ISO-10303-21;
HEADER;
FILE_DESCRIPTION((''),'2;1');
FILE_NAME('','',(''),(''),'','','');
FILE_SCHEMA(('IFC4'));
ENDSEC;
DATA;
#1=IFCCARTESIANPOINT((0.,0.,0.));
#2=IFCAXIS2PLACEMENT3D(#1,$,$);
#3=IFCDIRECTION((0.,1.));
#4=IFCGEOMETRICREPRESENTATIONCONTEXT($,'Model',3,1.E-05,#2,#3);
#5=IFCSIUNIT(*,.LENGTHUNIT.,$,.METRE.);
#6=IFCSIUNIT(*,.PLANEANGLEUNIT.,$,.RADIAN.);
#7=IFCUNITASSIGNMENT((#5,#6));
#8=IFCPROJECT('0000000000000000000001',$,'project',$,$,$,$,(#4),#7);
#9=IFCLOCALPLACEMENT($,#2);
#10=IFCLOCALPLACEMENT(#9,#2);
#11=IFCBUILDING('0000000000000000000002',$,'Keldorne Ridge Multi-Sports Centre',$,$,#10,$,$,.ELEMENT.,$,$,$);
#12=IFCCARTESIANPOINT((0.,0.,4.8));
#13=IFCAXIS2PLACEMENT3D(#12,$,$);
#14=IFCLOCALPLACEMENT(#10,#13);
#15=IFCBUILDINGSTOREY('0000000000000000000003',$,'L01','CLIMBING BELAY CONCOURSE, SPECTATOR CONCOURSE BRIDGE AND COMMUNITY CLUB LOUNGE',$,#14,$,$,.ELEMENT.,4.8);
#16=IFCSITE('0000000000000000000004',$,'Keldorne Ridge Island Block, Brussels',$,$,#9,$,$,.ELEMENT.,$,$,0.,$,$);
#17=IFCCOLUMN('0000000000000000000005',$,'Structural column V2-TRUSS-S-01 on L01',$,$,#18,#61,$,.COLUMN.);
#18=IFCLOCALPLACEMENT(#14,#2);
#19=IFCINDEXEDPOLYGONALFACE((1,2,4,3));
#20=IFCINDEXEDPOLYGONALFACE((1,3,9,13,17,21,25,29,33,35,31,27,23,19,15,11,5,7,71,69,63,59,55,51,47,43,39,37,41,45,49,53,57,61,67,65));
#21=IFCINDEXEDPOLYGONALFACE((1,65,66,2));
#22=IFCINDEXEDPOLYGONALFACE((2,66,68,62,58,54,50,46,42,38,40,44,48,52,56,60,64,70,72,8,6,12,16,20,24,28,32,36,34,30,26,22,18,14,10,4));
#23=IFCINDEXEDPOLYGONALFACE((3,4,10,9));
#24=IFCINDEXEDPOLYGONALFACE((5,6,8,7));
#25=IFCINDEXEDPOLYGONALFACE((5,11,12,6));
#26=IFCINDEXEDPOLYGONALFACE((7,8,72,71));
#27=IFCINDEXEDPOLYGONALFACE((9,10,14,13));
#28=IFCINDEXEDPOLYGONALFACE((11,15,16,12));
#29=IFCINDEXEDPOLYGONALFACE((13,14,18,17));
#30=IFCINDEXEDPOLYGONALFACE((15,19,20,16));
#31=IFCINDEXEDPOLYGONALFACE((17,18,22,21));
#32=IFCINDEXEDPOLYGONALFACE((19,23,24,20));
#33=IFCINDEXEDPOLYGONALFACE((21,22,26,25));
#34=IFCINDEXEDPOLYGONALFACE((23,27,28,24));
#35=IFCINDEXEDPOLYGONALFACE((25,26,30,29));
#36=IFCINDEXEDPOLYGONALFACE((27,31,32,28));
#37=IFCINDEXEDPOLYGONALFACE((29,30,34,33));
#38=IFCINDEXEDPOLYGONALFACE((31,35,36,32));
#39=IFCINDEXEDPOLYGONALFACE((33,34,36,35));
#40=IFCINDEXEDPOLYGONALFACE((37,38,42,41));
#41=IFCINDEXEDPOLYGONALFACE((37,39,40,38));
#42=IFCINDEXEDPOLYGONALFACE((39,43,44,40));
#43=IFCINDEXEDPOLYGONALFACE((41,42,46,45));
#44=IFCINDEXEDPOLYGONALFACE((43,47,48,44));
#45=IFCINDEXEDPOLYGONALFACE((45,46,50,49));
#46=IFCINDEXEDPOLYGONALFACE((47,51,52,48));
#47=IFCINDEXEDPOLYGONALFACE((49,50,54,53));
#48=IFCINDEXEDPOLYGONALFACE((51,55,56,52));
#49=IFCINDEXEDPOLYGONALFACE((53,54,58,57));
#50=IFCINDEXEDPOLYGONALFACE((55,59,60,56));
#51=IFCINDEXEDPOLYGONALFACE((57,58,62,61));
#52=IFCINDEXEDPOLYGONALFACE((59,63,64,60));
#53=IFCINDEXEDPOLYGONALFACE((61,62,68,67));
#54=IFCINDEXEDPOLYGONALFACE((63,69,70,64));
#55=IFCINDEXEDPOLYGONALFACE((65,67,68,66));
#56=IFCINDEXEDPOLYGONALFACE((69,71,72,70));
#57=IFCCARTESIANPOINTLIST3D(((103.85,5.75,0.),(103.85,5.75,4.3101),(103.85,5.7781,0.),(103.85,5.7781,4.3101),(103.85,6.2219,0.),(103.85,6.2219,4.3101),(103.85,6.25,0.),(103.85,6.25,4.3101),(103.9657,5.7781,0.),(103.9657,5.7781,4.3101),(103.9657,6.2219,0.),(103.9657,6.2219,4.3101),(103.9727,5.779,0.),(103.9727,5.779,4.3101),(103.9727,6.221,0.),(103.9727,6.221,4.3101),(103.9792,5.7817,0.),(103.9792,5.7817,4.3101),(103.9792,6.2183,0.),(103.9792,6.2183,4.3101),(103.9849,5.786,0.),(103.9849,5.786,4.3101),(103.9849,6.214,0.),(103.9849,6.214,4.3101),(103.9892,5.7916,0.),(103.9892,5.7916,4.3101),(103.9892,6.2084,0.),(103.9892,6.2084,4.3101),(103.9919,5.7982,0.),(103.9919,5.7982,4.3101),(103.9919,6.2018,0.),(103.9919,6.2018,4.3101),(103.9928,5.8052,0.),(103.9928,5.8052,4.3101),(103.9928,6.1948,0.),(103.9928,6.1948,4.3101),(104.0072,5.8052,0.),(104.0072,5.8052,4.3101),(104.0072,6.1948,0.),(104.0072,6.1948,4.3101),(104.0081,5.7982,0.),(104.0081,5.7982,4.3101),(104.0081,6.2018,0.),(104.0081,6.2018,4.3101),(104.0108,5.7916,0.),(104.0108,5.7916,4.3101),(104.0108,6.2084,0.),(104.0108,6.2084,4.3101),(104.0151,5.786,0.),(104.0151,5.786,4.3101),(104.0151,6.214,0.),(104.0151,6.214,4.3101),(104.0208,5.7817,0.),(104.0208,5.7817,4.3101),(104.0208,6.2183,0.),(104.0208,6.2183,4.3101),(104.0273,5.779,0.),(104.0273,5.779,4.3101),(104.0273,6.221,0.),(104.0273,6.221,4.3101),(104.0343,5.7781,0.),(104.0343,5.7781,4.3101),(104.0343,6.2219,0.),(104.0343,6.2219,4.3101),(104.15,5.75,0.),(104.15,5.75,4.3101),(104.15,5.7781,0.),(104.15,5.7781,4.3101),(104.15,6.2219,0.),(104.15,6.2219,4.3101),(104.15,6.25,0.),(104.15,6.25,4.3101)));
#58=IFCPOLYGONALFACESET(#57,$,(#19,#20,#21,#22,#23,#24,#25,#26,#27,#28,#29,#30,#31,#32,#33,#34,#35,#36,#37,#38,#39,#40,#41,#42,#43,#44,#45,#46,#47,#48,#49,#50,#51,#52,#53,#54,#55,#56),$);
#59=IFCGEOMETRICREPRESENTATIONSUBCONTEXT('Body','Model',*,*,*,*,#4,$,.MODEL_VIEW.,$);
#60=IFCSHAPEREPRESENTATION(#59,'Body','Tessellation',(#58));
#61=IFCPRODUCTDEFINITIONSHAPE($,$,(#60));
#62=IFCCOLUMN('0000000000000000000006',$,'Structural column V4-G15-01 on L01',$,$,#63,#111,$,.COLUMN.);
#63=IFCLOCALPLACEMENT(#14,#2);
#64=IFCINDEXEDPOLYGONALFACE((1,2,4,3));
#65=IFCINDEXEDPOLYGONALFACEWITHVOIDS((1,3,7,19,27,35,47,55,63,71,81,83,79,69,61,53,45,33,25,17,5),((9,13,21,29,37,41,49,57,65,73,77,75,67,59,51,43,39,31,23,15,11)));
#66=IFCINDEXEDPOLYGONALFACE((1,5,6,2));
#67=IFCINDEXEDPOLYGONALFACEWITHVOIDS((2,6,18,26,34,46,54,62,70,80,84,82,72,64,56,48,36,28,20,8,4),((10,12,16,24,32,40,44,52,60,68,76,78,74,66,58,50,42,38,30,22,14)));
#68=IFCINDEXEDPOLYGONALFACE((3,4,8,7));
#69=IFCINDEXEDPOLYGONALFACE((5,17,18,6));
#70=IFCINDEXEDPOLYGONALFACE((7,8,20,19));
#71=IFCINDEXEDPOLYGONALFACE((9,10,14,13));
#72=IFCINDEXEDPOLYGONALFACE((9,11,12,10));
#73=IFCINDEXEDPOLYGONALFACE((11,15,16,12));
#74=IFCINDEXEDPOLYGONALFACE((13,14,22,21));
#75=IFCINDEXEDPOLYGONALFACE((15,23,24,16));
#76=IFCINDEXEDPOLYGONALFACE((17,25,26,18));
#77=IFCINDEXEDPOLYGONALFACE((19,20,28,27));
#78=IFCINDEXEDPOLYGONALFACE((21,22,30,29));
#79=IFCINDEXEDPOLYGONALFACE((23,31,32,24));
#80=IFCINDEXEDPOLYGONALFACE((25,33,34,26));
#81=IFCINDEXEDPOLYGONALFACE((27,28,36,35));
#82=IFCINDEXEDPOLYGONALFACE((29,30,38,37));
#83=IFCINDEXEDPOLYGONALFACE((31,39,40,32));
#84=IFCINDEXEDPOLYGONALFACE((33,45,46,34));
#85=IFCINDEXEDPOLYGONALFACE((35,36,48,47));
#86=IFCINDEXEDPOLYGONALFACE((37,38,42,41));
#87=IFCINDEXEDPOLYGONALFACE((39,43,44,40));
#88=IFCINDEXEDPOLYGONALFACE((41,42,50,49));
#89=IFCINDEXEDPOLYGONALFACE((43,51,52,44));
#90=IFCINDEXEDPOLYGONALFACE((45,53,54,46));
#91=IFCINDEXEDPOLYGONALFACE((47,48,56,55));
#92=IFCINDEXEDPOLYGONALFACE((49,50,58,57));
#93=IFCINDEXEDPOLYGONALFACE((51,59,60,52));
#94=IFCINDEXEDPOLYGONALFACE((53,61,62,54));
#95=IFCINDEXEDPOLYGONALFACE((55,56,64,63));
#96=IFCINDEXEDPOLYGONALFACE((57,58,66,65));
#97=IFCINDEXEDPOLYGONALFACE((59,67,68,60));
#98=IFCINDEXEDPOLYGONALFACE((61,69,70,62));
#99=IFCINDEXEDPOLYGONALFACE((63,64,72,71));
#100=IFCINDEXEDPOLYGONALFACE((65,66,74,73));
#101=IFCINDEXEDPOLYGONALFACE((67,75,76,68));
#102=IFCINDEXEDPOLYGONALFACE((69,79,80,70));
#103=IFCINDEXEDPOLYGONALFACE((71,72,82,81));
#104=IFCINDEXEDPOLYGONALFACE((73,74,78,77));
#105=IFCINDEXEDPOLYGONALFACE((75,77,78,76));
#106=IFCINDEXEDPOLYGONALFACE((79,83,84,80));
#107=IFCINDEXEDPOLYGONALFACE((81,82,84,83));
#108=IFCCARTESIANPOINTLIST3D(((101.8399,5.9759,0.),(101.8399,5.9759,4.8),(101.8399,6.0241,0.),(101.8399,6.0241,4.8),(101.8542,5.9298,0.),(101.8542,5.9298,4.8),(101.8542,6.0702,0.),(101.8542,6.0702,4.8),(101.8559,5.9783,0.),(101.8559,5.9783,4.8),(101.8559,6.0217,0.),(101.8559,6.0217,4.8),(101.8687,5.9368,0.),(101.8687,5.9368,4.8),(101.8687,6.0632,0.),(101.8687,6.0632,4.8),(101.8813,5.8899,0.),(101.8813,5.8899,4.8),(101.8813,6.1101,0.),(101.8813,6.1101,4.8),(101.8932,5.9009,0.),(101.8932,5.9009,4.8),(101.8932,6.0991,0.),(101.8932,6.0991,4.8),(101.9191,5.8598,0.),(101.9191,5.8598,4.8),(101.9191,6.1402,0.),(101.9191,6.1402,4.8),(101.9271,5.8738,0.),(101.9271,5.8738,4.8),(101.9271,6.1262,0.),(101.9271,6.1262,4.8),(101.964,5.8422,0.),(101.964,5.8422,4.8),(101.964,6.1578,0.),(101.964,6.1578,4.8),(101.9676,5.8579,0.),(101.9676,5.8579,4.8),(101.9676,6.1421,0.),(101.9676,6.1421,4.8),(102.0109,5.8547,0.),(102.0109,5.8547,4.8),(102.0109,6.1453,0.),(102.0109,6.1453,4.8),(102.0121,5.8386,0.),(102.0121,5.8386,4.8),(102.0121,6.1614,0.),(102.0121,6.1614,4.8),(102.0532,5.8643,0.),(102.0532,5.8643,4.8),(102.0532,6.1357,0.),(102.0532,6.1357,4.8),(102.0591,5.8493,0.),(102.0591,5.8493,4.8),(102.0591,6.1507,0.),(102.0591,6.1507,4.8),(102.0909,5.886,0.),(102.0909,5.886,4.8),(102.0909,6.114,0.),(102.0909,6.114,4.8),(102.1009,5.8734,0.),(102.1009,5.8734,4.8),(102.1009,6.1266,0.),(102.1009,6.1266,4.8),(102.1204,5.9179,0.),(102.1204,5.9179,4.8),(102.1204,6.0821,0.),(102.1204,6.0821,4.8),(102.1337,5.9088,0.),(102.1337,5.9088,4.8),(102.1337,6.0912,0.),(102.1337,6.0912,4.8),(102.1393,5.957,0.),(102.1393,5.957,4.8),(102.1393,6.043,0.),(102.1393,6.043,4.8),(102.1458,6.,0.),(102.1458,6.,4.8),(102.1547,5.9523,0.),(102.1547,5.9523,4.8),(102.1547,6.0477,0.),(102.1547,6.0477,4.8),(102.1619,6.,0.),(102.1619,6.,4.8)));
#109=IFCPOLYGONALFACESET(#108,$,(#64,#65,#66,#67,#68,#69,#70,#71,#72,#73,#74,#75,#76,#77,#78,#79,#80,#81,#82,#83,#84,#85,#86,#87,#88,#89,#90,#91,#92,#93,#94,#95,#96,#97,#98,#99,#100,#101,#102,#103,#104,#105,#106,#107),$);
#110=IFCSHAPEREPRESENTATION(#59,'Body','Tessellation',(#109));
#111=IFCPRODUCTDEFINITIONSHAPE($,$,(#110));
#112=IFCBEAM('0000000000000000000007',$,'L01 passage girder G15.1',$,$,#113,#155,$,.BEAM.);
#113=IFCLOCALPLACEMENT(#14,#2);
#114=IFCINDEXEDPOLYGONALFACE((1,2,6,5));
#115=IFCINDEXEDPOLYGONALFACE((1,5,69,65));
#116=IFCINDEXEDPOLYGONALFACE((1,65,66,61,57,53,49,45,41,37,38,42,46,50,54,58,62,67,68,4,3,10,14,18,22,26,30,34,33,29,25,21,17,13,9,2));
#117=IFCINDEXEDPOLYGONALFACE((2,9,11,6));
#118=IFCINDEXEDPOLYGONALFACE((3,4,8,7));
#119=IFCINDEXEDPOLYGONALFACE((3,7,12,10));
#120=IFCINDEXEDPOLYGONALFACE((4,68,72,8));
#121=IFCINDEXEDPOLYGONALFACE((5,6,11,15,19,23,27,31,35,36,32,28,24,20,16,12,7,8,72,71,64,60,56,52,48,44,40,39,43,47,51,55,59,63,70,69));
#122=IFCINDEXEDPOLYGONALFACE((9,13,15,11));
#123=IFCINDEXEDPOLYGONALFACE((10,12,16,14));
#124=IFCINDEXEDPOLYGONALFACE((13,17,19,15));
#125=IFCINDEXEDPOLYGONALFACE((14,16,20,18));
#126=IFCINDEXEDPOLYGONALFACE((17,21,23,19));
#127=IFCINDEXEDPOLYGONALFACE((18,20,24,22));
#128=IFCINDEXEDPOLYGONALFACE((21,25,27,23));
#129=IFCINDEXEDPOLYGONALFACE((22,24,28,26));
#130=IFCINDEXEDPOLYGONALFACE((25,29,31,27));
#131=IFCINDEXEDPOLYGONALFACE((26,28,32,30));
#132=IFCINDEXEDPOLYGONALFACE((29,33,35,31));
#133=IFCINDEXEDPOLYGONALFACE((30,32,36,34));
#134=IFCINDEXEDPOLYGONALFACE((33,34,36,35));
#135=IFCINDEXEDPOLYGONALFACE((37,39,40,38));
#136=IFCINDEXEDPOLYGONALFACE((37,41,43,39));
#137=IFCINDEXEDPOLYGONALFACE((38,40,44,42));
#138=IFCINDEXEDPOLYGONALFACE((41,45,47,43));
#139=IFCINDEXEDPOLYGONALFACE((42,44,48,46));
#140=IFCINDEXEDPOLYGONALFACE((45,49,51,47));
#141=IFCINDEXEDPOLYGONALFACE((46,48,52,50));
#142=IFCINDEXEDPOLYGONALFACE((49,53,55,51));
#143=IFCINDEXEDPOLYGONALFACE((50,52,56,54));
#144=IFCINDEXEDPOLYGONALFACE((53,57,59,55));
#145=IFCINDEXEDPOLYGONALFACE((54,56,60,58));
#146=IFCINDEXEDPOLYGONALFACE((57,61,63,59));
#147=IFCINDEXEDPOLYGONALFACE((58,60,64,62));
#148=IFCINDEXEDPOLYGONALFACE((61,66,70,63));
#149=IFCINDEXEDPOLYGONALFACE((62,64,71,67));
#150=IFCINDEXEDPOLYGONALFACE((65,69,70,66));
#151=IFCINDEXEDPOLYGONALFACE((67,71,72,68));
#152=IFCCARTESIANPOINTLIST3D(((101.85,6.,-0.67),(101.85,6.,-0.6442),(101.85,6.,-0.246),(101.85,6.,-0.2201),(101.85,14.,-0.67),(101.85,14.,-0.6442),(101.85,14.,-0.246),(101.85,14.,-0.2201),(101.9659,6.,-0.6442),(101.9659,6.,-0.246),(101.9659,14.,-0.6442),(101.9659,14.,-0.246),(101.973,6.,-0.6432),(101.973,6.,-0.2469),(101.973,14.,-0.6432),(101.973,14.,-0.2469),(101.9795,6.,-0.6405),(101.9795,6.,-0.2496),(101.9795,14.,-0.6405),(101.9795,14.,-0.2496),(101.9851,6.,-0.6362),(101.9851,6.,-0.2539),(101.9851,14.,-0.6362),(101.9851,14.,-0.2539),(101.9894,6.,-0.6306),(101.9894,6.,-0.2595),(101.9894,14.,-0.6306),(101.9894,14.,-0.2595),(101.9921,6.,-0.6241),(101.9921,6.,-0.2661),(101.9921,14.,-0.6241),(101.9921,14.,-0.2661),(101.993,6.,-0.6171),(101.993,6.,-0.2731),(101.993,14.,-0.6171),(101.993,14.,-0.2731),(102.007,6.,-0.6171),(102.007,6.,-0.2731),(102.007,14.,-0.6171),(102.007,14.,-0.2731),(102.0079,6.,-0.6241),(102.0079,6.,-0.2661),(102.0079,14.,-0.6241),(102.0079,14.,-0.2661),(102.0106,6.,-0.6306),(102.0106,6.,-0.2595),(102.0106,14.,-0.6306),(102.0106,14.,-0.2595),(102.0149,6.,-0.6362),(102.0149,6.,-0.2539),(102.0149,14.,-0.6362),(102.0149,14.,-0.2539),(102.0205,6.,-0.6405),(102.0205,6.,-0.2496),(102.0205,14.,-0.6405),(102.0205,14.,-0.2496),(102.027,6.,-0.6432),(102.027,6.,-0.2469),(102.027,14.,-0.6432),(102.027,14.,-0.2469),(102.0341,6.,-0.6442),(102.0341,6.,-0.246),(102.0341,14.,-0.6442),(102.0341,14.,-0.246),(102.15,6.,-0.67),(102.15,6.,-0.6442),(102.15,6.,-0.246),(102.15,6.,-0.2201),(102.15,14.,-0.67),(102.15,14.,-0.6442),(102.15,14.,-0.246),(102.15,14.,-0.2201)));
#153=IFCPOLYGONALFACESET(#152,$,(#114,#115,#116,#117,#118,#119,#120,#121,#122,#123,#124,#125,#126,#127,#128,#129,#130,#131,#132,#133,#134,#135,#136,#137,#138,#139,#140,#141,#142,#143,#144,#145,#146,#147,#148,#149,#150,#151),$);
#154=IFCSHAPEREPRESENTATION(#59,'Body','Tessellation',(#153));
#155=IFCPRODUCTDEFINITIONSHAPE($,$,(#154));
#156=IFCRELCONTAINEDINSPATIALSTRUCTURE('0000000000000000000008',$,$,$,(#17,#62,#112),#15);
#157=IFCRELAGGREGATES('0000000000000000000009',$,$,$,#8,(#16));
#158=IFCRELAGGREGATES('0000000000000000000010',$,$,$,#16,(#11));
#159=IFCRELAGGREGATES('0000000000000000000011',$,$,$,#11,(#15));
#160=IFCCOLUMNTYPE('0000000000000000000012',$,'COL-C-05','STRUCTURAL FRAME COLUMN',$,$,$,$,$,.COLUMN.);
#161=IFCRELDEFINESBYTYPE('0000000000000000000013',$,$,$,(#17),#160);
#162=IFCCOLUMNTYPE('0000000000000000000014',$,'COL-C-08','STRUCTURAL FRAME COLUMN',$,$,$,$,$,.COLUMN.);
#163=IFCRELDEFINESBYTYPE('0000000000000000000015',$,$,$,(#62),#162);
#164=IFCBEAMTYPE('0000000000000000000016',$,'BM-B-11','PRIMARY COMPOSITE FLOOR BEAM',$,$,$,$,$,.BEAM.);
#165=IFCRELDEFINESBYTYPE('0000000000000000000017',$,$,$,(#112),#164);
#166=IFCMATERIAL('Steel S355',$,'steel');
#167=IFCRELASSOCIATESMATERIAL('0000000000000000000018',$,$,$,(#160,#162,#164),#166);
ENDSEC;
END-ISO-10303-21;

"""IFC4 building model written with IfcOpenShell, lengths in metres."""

from ifc_helpers import new_model, si_unit, direction, frame, origin, origin_2d, place, context, subcontext, project, spatial, hollow_circle, i_section, extrude, material, material_profile, profile_set, type_object, element, save


model = new_model("IFC4")

# Units and contexts
model_context = context("Model", 3, precision=1e-05, world=origin(), true_north=direction((0.0, 1.0)))
body_context = subcontext(model_context, "Body", "Model", "MODEL_VIEW")
ifc_project = project(units=[si_unit("LENGTHUNIT", "METRE"), si_unit("PLANEANGLEUNIT", "RADIAN")], contexts=[model_context])

# Site, building, storey
site_placement = place(None, origin())
site = spatial("IfcSite", under=ifc_project, at=site_placement, Name="Keldorne Ridge Island Block, Brussels", CompositionType="ELEMENT", RefElevation=0.0)
building_placement = place(site_placement, origin())
building = spatial("IfcBuilding", under=site, at=building_placement, Name="Keldorne Ridge Multi-Sports Centre", CompositionType="ELEMENT")
storey_placement = place(building_placement, frame((0.0, 0.0, 4.8)))
storey = spatial("IfcBuildingStorey", under=building, at=storey_placement, Name="L01", Description="CLIMBING BELAY CONCOURSE, SPECTATOR CONCOURSE BRIDGE AND COMMUNITY CLUB LOUNGE", CompositionType="ELEMENT", Elevation=4.8)

# Columns
ifc_material_1 = material(Name="Steel S355", Category="steel")
ifc_material_profile_1 = material_profile(ifc_material_1, i_section(OverallWidth=0.3, OverallDepth=0.5, WebThickness=0.0144, FlangeThickness=0.0281, FilletRadius=0.0271, at=origin_2d()), Name="HEB 500")
ifc_profile_set_1 = profile_set([ifc_material_profile_1], Name="Steel S355")
column_type_1 = type_object("IfcColumnType", Name="COL-C-05", Description="STRUCTURAL FRAME COLUMN", PredefinedType="COLUMN", material=ifc_profile_set_1)
column_1_placement = place(storey_placement, frame((104.0, 6.0, 0.0), z_axis=(0.0, 0.0, 1.0), x_axis=(1.0, 0.0, 0.0)))
element("IfcColumn", 1, at=column_1_placement, inside=storey, type_object=column_type_1, Name="Structural column V2-TRUSS-S-01 on L01", PredefinedType="COLUMN", context=body_context, shape_type="SweptSolid", body=[
    extrude(i_section(OverallWidth=0.3, OverallDepth=0.5, WebThickness=0.0144, FlangeThickness=0.0281, FilletRadius=0.0271, at=origin_2d()), origin(), (0.0, 0.0, 1.0), 4.3101),
])
ifc_material_profile_2 = material_profile(ifc_material_1, hollow_circle(Radius=0.1619, WallThickness=0.0161, at=origin_2d()), Name="CHS 323.9x16")
ifc_profile_set_2 = profile_set([ifc_material_profile_2], Name="Steel S355")
column_type_2 = type_object("IfcColumnType", Name="COL-C-08", Description="STRUCTURAL FRAME COLUMN", PredefinedType="COLUMN", material=ifc_profile_set_2)
column_2_placement = place(storey_placement, frame((102.0, 6.0, 0.0), z_axis=(0.0, 0.0, 1.0), x_axis=(1.0, 0.0, 0.0)))
element("IfcColumn", 2, at=column_2_placement, inside=storey, type_object=column_type_2, Name="Structural column V4-G15-01 on L01", PredefinedType="COLUMN", context=body_context, shape_type="SweptSolid", body=[
    extrude(hollow_circle(Radius=0.1619, WallThickness=0.0161, at=origin_2d()), origin(), (0.0, 0.0, 1.0), 4.8),
])

# Beam
ifc_material_profile_3 = material_profile(ifc_material_1, i_section(OverallWidth=0.3, OverallDepth=0.45, WebThickness=0.0139, FlangeThickness=0.0259, FilletRadius=0.0271, at=origin_2d()), Name="HEB 450")
ifc_profile_set_3 = profile_set([ifc_material_profile_3], Name="Steel S355")
beam_type = type_object("IfcBeamType", Name="BM-B-11", Description="PRIMARY COMPOSITE FLOOR BEAM", PredefinedType="BEAM", material=ifc_profile_set_3)
beam_placement = place(storey_placement, frame((102.0, 6.0, -0.4451), z_axis=(0.0, 1.0, 0.0), x_axis=(-1.0, 0.0, 0.0)))
element("IfcBeam", 3, at=beam_placement, inside=storey, type_object=beam_type, Name="L01 passage girder G15.1", PredefinedType="BEAM", context=body_context, shape_type="SweptSolid", body=[
    extrude(i_section(OverallWidth=0.3, OverallDepth=0.45, WebThickness=0.0139, FlangeThickness=0.0259, FilletRadius=0.0271, at=origin_2d()), origin(), (0.0, 0.0, 1.0), 8.0),
])

save(model, "model.ifc")
